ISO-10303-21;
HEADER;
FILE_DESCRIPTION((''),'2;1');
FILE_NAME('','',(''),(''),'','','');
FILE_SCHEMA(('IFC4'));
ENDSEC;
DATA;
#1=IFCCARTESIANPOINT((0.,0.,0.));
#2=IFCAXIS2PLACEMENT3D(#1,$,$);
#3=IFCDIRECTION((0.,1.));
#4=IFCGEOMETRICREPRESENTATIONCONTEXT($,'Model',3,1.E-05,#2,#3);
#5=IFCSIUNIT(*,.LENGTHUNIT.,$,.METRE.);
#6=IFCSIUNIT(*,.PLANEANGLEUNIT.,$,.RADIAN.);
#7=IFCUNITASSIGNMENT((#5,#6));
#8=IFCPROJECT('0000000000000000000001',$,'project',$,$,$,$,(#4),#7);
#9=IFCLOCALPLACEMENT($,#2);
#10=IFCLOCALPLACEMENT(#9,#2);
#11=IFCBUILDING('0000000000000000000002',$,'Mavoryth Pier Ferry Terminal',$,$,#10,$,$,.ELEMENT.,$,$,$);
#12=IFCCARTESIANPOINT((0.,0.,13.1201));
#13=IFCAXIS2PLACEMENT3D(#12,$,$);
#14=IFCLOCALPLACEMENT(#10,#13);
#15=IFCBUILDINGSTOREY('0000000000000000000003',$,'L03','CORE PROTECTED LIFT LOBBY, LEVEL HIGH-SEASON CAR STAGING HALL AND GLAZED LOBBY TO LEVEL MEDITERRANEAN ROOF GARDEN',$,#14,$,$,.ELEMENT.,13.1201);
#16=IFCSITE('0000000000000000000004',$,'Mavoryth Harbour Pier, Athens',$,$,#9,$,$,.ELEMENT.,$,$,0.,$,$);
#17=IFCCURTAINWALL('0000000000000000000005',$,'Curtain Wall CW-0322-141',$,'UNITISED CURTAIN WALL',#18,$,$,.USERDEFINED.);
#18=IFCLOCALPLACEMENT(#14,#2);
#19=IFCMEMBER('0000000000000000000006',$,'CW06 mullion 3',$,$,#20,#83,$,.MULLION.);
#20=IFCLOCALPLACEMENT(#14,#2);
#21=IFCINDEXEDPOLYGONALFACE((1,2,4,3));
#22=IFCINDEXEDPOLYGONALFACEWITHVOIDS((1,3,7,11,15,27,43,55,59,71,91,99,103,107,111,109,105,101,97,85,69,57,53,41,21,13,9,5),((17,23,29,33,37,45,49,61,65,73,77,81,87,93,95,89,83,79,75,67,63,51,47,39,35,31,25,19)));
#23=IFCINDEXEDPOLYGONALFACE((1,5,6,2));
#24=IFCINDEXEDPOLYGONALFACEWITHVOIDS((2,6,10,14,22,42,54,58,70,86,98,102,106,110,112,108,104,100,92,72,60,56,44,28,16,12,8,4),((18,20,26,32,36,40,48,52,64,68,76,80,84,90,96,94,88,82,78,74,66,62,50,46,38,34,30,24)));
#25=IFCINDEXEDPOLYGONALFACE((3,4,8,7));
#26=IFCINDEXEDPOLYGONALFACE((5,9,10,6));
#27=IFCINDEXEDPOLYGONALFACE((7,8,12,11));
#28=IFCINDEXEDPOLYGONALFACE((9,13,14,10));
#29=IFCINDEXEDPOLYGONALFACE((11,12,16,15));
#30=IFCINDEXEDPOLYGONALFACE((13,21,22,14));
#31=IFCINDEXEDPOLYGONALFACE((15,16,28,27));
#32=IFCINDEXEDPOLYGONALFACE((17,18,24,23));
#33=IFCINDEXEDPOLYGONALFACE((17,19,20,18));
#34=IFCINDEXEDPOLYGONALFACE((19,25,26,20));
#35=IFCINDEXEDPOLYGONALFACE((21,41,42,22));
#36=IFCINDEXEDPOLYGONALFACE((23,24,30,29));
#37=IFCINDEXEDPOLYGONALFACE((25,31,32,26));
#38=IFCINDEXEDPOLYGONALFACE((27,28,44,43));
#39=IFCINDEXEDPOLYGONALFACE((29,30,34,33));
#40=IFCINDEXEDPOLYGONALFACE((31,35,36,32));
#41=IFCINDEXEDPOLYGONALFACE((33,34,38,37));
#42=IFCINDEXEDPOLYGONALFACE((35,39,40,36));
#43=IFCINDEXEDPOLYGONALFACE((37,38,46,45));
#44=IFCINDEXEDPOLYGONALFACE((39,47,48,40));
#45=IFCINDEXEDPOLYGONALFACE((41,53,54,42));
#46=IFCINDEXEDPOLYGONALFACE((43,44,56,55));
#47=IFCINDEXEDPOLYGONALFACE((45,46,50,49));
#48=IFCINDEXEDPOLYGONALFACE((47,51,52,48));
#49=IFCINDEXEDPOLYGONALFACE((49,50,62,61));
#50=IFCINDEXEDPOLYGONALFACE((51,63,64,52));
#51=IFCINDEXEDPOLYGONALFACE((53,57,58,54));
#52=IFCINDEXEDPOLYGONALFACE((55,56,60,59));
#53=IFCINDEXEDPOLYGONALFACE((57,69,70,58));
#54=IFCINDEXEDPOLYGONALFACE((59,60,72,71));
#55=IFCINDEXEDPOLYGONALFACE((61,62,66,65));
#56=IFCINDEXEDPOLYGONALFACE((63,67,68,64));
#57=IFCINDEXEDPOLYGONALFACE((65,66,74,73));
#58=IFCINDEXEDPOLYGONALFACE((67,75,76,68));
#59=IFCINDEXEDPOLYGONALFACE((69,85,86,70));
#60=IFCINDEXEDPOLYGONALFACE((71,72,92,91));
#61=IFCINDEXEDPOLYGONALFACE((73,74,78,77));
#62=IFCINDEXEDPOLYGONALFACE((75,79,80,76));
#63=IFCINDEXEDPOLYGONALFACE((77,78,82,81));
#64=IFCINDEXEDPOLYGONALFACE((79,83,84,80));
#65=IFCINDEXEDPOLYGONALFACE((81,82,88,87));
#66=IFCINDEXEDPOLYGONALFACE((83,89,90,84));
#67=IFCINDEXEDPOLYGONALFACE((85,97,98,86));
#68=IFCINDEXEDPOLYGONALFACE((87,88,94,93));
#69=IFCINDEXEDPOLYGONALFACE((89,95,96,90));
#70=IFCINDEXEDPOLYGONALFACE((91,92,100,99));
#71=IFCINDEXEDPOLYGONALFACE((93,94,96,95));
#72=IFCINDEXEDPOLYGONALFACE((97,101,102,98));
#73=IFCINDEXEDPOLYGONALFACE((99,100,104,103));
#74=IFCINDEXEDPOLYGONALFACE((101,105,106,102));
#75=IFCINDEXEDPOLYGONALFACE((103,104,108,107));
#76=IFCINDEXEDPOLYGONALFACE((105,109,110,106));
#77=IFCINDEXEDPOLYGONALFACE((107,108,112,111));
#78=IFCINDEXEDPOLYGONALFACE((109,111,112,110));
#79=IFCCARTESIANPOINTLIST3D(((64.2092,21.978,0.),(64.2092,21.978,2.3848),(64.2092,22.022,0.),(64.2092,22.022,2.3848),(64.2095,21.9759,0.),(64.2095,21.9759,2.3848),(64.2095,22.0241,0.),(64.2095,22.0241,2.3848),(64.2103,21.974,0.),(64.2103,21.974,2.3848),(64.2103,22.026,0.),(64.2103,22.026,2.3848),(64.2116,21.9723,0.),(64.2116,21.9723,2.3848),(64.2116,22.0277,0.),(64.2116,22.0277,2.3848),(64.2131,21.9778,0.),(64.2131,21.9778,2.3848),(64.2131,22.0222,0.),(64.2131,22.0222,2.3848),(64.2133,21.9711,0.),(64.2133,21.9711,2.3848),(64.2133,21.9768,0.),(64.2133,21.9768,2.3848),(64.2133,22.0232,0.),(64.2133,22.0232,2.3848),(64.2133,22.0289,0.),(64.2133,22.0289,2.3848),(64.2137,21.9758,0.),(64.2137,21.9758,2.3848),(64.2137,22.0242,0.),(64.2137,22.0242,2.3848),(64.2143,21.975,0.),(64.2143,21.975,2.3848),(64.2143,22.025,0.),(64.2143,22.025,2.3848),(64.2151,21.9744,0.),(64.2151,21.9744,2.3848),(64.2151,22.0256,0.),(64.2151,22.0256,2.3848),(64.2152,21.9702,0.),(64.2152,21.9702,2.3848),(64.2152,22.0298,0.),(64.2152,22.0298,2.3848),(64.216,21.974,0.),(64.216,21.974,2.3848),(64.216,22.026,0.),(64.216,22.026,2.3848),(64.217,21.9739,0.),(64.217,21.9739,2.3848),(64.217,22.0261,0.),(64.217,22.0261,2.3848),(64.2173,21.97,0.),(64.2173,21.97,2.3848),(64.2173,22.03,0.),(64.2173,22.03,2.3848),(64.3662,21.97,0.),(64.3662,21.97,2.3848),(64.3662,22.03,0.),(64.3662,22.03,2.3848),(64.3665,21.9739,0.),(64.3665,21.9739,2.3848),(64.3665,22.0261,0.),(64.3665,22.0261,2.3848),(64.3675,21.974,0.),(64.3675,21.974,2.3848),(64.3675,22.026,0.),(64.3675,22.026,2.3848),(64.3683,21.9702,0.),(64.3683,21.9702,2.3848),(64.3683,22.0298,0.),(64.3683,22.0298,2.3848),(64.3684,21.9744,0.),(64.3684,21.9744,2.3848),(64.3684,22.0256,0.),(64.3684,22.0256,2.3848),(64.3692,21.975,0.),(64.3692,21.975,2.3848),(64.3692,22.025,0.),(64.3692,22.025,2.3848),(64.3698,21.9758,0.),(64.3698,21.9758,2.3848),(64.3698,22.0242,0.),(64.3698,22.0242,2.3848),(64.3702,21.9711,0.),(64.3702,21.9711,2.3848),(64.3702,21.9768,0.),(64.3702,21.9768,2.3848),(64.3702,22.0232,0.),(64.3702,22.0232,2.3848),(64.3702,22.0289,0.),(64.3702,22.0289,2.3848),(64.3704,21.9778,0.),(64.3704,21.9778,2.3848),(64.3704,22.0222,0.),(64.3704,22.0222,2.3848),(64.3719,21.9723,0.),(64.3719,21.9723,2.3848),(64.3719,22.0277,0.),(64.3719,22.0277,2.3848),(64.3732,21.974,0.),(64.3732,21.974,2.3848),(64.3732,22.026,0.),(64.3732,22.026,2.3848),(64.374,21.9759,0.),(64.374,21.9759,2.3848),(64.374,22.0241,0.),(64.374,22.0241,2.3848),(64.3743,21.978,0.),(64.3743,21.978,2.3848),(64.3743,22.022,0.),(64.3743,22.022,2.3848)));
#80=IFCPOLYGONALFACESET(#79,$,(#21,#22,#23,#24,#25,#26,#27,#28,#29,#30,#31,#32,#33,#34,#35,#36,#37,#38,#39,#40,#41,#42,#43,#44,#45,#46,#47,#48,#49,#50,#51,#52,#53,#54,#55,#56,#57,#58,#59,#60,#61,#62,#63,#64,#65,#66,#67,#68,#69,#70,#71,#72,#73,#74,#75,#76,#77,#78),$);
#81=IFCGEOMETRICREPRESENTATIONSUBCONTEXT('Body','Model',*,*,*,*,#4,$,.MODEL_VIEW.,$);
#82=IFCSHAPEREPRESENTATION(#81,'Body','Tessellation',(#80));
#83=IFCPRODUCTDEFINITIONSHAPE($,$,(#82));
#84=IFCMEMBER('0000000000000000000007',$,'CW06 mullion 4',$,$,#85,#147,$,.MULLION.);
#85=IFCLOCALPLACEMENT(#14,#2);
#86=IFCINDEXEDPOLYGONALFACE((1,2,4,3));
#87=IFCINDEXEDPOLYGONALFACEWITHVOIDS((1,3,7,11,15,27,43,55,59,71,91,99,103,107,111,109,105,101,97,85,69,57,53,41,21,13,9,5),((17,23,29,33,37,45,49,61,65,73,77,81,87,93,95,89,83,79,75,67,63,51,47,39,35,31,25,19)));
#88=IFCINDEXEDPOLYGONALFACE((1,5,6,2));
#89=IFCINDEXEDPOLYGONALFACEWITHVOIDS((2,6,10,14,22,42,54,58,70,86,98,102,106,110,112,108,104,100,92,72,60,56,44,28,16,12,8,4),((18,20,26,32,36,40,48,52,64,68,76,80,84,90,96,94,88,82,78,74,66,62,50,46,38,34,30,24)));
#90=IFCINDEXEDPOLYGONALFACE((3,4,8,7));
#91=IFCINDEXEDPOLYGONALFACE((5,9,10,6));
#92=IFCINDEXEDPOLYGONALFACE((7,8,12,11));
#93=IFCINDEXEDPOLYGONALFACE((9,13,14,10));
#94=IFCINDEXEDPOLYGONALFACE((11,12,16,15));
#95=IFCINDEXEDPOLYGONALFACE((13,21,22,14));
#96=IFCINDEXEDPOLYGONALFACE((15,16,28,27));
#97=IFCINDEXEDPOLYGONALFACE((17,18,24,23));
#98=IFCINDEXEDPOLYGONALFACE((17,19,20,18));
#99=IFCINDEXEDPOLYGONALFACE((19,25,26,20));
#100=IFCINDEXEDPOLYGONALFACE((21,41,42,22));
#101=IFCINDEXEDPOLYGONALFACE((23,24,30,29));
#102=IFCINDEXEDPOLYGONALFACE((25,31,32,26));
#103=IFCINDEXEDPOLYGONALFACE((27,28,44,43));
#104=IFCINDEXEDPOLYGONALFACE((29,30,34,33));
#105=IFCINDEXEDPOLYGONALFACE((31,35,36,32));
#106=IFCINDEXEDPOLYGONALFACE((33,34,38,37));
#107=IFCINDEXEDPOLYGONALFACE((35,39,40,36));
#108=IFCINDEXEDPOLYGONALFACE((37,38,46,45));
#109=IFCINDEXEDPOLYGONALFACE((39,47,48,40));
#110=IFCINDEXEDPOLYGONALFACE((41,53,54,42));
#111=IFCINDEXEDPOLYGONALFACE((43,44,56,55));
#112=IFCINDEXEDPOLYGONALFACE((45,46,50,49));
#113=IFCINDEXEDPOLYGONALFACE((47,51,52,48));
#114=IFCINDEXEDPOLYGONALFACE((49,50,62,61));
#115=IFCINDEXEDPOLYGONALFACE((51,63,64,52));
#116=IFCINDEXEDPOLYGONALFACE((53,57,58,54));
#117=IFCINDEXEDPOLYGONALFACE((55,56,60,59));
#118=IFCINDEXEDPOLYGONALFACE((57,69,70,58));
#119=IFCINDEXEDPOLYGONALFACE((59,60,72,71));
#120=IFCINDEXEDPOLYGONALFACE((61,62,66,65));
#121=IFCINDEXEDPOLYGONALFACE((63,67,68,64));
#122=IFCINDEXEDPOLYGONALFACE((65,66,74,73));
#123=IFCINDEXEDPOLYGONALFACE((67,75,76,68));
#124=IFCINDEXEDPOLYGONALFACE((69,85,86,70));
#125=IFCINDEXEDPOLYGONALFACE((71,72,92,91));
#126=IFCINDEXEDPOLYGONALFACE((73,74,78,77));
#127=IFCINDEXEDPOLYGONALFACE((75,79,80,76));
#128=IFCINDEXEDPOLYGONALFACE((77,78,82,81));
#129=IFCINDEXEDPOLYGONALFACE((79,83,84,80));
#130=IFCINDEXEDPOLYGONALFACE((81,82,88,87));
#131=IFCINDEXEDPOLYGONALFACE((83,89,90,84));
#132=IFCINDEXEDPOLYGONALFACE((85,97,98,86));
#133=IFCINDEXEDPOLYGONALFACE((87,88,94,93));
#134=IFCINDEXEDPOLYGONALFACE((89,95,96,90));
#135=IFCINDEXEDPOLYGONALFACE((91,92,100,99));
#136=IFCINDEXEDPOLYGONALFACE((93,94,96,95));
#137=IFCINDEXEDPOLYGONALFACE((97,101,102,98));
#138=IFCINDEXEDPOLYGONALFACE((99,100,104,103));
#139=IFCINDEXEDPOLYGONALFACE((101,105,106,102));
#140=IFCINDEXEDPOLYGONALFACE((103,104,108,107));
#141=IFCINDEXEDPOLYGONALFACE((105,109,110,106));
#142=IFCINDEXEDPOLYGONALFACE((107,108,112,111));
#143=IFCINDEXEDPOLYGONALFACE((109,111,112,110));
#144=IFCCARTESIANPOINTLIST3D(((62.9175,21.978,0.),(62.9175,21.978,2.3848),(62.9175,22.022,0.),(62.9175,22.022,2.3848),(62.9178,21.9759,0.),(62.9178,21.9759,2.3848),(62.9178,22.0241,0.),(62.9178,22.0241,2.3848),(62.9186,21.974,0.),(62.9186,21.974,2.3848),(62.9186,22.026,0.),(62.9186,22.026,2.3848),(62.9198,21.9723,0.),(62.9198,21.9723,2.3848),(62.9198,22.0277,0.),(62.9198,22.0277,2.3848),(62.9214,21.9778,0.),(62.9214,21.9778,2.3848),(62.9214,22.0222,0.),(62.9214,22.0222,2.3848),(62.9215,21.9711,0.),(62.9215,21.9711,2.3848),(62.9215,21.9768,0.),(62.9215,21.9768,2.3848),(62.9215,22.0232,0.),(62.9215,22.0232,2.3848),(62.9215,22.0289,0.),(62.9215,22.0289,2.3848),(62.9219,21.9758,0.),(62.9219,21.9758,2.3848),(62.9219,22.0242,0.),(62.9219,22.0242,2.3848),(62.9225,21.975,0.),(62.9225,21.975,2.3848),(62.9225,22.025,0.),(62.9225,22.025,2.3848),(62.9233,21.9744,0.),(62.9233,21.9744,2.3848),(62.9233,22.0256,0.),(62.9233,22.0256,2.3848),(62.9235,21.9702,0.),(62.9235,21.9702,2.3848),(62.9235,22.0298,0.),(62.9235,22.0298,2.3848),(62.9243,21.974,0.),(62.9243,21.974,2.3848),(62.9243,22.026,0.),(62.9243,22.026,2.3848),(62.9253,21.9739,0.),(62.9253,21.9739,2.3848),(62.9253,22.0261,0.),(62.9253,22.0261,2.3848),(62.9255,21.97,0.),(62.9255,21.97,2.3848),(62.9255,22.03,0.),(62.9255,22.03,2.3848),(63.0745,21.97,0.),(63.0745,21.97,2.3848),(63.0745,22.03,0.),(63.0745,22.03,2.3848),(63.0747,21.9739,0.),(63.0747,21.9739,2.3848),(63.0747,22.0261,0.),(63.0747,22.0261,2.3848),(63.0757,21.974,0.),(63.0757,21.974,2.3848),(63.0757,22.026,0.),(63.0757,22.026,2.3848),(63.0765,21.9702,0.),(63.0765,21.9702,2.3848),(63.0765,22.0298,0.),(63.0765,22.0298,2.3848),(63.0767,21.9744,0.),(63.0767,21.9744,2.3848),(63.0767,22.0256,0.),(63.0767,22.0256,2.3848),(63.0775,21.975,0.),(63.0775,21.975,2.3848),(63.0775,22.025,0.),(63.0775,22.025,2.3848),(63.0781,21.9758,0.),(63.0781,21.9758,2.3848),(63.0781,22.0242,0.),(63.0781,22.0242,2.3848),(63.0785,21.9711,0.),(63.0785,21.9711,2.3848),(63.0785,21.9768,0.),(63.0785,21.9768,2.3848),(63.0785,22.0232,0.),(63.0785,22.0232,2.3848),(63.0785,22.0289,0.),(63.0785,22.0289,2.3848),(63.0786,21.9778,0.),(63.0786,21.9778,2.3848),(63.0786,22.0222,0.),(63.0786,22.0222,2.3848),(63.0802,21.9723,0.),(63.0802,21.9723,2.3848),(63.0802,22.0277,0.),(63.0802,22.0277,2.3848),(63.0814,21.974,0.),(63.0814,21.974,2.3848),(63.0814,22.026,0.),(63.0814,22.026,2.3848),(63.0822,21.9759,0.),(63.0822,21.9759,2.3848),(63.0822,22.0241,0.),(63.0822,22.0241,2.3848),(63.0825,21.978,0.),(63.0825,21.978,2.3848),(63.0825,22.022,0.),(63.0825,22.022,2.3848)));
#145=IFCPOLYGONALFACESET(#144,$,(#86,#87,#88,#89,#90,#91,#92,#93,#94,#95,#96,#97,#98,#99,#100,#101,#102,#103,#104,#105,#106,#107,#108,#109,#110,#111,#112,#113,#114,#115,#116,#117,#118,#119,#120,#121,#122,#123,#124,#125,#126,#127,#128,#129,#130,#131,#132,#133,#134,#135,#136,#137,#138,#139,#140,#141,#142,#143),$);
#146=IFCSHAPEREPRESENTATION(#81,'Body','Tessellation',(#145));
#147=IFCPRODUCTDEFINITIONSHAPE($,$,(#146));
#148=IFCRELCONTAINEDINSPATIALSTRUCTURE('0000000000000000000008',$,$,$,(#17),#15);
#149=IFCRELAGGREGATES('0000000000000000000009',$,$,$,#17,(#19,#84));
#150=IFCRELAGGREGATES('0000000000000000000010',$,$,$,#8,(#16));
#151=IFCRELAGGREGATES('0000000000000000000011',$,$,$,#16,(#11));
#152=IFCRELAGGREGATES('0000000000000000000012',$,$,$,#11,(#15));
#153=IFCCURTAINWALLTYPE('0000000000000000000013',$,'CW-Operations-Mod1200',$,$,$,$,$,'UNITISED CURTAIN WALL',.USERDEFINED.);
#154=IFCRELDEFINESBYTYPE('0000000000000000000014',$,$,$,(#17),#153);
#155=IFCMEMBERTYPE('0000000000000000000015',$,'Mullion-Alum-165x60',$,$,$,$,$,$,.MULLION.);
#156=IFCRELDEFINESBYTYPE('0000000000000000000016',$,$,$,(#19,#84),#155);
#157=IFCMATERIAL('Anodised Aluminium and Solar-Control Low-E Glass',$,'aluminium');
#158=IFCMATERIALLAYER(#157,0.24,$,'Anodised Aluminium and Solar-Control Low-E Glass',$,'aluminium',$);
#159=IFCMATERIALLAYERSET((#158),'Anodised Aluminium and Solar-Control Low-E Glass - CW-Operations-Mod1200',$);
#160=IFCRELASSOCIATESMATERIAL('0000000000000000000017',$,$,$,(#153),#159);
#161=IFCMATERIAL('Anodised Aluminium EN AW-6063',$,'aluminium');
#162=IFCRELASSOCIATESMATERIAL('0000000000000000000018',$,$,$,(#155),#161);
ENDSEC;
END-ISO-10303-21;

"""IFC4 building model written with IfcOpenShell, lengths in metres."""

from ifc_helpers import new_model, si_unit, direction, frame, origin, origin_2d, place, context, subcontext, project, spatial, hollow_rectangle, extrude, material, layer, layer_set, material_profile, profile_set, type_object, element, aggregate, save


model = new_model("IFC4")

# Units and contexts
model_context = context("Model", 3, precision=1e-05, world=origin(), true_north=direction((0.0, 1.0)))
body_context = subcontext(model_context, "Body", "Model", "MODEL_VIEW")
ifc_project = project(units=[si_unit("LENGTHUNIT", "METRE"), si_unit("PLANEANGLEUNIT", "RADIAN")], contexts=[model_context])

# Site, building, storey
site_placement = place(None, origin())
site = spatial("IfcSite", under=ifc_project, at=site_placement, Name="Mavoryth Harbour Pier, Athens", CompositionType="ELEMENT", RefElevation=0.0)
building_placement = place(site_placement, origin())
building = spatial("IfcBuilding", under=site, at=building_placement, Name="Mavoryth Pier Ferry Terminal", CompositionType="ELEMENT")
storey_placement = place(building_placement, frame((0.0, 0.0, 13.1201)))
storey = spatial("IfcBuildingStorey", under=building, at=storey_placement, Name="L03", Description="CORE PROTECTED LIFT LOBBY, LEVEL HIGH-SEASON CAR STAGING HALL AND GLAZED LOBBY TO LEVEL MEDITERRANEAN ROOF GARDEN", CompositionType="ELEMENT", Elevation=13.1201)

# Curtain wall, members
ifc_material_1 = material(Name="Anodised Aluminium and Solar-Control Low-E Glass", Category="aluminium")
ifc_layer_1 = layer(ifc_material_1, 0.24, Name="Anodised Aluminium and Solar-Control Low-E Glass", Category="aluminium")
ifc_layer_set_1 = layer_set([ifc_layer_1], Name="Anodised Aluminium and Solar-Control Low-E Glass - CW-Operations-Mod1200")
curtain_wall_type = type_object("IfcCurtainWallType", Name="CW-Operations-Mod1200", ElementType="UNITISED CURTAIN WALL", PredefinedType="USERDEFINED", material=ifc_layer_set_1)
curtain_wall_1_placement = place(storey_placement, origin())
curtain_wall_1 = element("IfcCurtainWall", 1, at=curtain_wall_1_placement, inside=storey, type_object=curtain_wall_type, Name="Curtain Wall CW-0322-141", ObjectType="UNITISED CURTAIN WALL", PredefinedType="USERDEFINED")
ifc_material_2 = material(Name="Anodised Aluminium EN AW-6063", Category="aluminium")
ifc_material_profile_1 = material_profile(ifc_material_2, hollow_rectangle(XDim=0.0601, YDim=0.165, WallThickness=0.0039, InnerFilletRadius=0.0039, OuterFilletRadius=0.0081, at=origin_2d()), Name="AL-MULL 165x60x4", Category="aluminium")
ifc_profile_set_1 = profile_set([ifc_material_profile_1], Name="Anodised Aluminium EN AW-6063 - AL-MULL 165x60x4")
member_type_1 = type_object("IfcMemberType", Name="Mullion-Alum-165x60", PredefinedType="MULLION", material=ifc_profile_set_1)
member_1_placement = place(storey_placement, frame((64.2917, 22.0, 0.0), z_axis=(0.0, 0.0, 1.0), x_axis=(0.0, -1.0, 0.0)))
member_1 = element("IfcMember", 2, at=member_1_placement, type_object=member_type_1, Name="CW06 mullion 3", PredefinedType="MULLION", context=body_context, shape_type="SweptSolid", body=[
    extrude(hollow_rectangle(XDim=0.0601, YDim=0.165, WallThickness=0.0039, InnerFilletRadius=0.0039, OuterFilletRadius=0.0081, at=origin_2d()), origin(), (0.0, 0.0, 1.0), 2.3848),
])
member_2_placement = place(storey_placement, frame((63.0, 22.0, 0.0), z_axis=(0.0, 0.0, 1.0), x_axis=(0.0, -1.0, 0.0)))
member_2 = element("IfcMember", 3, at=member_2_placement, type_object=member_type_1, Name="CW06 mullion 4", PredefinedType="MULLION", context=body_context, shape_type="SweptSolid", body=[
    extrude(hollow_rectangle(XDim=0.0601, YDim=0.165, WallThickness=0.0039, InnerFilletRadius=0.0039, OuterFilletRadius=0.0081, at=origin_2d()), origin(), (0.0, 0.0, 1.0), 2.3848),
])

aggregate(curtain_wall_1, [member_1, member_2])

save(model, "model.ifc")
